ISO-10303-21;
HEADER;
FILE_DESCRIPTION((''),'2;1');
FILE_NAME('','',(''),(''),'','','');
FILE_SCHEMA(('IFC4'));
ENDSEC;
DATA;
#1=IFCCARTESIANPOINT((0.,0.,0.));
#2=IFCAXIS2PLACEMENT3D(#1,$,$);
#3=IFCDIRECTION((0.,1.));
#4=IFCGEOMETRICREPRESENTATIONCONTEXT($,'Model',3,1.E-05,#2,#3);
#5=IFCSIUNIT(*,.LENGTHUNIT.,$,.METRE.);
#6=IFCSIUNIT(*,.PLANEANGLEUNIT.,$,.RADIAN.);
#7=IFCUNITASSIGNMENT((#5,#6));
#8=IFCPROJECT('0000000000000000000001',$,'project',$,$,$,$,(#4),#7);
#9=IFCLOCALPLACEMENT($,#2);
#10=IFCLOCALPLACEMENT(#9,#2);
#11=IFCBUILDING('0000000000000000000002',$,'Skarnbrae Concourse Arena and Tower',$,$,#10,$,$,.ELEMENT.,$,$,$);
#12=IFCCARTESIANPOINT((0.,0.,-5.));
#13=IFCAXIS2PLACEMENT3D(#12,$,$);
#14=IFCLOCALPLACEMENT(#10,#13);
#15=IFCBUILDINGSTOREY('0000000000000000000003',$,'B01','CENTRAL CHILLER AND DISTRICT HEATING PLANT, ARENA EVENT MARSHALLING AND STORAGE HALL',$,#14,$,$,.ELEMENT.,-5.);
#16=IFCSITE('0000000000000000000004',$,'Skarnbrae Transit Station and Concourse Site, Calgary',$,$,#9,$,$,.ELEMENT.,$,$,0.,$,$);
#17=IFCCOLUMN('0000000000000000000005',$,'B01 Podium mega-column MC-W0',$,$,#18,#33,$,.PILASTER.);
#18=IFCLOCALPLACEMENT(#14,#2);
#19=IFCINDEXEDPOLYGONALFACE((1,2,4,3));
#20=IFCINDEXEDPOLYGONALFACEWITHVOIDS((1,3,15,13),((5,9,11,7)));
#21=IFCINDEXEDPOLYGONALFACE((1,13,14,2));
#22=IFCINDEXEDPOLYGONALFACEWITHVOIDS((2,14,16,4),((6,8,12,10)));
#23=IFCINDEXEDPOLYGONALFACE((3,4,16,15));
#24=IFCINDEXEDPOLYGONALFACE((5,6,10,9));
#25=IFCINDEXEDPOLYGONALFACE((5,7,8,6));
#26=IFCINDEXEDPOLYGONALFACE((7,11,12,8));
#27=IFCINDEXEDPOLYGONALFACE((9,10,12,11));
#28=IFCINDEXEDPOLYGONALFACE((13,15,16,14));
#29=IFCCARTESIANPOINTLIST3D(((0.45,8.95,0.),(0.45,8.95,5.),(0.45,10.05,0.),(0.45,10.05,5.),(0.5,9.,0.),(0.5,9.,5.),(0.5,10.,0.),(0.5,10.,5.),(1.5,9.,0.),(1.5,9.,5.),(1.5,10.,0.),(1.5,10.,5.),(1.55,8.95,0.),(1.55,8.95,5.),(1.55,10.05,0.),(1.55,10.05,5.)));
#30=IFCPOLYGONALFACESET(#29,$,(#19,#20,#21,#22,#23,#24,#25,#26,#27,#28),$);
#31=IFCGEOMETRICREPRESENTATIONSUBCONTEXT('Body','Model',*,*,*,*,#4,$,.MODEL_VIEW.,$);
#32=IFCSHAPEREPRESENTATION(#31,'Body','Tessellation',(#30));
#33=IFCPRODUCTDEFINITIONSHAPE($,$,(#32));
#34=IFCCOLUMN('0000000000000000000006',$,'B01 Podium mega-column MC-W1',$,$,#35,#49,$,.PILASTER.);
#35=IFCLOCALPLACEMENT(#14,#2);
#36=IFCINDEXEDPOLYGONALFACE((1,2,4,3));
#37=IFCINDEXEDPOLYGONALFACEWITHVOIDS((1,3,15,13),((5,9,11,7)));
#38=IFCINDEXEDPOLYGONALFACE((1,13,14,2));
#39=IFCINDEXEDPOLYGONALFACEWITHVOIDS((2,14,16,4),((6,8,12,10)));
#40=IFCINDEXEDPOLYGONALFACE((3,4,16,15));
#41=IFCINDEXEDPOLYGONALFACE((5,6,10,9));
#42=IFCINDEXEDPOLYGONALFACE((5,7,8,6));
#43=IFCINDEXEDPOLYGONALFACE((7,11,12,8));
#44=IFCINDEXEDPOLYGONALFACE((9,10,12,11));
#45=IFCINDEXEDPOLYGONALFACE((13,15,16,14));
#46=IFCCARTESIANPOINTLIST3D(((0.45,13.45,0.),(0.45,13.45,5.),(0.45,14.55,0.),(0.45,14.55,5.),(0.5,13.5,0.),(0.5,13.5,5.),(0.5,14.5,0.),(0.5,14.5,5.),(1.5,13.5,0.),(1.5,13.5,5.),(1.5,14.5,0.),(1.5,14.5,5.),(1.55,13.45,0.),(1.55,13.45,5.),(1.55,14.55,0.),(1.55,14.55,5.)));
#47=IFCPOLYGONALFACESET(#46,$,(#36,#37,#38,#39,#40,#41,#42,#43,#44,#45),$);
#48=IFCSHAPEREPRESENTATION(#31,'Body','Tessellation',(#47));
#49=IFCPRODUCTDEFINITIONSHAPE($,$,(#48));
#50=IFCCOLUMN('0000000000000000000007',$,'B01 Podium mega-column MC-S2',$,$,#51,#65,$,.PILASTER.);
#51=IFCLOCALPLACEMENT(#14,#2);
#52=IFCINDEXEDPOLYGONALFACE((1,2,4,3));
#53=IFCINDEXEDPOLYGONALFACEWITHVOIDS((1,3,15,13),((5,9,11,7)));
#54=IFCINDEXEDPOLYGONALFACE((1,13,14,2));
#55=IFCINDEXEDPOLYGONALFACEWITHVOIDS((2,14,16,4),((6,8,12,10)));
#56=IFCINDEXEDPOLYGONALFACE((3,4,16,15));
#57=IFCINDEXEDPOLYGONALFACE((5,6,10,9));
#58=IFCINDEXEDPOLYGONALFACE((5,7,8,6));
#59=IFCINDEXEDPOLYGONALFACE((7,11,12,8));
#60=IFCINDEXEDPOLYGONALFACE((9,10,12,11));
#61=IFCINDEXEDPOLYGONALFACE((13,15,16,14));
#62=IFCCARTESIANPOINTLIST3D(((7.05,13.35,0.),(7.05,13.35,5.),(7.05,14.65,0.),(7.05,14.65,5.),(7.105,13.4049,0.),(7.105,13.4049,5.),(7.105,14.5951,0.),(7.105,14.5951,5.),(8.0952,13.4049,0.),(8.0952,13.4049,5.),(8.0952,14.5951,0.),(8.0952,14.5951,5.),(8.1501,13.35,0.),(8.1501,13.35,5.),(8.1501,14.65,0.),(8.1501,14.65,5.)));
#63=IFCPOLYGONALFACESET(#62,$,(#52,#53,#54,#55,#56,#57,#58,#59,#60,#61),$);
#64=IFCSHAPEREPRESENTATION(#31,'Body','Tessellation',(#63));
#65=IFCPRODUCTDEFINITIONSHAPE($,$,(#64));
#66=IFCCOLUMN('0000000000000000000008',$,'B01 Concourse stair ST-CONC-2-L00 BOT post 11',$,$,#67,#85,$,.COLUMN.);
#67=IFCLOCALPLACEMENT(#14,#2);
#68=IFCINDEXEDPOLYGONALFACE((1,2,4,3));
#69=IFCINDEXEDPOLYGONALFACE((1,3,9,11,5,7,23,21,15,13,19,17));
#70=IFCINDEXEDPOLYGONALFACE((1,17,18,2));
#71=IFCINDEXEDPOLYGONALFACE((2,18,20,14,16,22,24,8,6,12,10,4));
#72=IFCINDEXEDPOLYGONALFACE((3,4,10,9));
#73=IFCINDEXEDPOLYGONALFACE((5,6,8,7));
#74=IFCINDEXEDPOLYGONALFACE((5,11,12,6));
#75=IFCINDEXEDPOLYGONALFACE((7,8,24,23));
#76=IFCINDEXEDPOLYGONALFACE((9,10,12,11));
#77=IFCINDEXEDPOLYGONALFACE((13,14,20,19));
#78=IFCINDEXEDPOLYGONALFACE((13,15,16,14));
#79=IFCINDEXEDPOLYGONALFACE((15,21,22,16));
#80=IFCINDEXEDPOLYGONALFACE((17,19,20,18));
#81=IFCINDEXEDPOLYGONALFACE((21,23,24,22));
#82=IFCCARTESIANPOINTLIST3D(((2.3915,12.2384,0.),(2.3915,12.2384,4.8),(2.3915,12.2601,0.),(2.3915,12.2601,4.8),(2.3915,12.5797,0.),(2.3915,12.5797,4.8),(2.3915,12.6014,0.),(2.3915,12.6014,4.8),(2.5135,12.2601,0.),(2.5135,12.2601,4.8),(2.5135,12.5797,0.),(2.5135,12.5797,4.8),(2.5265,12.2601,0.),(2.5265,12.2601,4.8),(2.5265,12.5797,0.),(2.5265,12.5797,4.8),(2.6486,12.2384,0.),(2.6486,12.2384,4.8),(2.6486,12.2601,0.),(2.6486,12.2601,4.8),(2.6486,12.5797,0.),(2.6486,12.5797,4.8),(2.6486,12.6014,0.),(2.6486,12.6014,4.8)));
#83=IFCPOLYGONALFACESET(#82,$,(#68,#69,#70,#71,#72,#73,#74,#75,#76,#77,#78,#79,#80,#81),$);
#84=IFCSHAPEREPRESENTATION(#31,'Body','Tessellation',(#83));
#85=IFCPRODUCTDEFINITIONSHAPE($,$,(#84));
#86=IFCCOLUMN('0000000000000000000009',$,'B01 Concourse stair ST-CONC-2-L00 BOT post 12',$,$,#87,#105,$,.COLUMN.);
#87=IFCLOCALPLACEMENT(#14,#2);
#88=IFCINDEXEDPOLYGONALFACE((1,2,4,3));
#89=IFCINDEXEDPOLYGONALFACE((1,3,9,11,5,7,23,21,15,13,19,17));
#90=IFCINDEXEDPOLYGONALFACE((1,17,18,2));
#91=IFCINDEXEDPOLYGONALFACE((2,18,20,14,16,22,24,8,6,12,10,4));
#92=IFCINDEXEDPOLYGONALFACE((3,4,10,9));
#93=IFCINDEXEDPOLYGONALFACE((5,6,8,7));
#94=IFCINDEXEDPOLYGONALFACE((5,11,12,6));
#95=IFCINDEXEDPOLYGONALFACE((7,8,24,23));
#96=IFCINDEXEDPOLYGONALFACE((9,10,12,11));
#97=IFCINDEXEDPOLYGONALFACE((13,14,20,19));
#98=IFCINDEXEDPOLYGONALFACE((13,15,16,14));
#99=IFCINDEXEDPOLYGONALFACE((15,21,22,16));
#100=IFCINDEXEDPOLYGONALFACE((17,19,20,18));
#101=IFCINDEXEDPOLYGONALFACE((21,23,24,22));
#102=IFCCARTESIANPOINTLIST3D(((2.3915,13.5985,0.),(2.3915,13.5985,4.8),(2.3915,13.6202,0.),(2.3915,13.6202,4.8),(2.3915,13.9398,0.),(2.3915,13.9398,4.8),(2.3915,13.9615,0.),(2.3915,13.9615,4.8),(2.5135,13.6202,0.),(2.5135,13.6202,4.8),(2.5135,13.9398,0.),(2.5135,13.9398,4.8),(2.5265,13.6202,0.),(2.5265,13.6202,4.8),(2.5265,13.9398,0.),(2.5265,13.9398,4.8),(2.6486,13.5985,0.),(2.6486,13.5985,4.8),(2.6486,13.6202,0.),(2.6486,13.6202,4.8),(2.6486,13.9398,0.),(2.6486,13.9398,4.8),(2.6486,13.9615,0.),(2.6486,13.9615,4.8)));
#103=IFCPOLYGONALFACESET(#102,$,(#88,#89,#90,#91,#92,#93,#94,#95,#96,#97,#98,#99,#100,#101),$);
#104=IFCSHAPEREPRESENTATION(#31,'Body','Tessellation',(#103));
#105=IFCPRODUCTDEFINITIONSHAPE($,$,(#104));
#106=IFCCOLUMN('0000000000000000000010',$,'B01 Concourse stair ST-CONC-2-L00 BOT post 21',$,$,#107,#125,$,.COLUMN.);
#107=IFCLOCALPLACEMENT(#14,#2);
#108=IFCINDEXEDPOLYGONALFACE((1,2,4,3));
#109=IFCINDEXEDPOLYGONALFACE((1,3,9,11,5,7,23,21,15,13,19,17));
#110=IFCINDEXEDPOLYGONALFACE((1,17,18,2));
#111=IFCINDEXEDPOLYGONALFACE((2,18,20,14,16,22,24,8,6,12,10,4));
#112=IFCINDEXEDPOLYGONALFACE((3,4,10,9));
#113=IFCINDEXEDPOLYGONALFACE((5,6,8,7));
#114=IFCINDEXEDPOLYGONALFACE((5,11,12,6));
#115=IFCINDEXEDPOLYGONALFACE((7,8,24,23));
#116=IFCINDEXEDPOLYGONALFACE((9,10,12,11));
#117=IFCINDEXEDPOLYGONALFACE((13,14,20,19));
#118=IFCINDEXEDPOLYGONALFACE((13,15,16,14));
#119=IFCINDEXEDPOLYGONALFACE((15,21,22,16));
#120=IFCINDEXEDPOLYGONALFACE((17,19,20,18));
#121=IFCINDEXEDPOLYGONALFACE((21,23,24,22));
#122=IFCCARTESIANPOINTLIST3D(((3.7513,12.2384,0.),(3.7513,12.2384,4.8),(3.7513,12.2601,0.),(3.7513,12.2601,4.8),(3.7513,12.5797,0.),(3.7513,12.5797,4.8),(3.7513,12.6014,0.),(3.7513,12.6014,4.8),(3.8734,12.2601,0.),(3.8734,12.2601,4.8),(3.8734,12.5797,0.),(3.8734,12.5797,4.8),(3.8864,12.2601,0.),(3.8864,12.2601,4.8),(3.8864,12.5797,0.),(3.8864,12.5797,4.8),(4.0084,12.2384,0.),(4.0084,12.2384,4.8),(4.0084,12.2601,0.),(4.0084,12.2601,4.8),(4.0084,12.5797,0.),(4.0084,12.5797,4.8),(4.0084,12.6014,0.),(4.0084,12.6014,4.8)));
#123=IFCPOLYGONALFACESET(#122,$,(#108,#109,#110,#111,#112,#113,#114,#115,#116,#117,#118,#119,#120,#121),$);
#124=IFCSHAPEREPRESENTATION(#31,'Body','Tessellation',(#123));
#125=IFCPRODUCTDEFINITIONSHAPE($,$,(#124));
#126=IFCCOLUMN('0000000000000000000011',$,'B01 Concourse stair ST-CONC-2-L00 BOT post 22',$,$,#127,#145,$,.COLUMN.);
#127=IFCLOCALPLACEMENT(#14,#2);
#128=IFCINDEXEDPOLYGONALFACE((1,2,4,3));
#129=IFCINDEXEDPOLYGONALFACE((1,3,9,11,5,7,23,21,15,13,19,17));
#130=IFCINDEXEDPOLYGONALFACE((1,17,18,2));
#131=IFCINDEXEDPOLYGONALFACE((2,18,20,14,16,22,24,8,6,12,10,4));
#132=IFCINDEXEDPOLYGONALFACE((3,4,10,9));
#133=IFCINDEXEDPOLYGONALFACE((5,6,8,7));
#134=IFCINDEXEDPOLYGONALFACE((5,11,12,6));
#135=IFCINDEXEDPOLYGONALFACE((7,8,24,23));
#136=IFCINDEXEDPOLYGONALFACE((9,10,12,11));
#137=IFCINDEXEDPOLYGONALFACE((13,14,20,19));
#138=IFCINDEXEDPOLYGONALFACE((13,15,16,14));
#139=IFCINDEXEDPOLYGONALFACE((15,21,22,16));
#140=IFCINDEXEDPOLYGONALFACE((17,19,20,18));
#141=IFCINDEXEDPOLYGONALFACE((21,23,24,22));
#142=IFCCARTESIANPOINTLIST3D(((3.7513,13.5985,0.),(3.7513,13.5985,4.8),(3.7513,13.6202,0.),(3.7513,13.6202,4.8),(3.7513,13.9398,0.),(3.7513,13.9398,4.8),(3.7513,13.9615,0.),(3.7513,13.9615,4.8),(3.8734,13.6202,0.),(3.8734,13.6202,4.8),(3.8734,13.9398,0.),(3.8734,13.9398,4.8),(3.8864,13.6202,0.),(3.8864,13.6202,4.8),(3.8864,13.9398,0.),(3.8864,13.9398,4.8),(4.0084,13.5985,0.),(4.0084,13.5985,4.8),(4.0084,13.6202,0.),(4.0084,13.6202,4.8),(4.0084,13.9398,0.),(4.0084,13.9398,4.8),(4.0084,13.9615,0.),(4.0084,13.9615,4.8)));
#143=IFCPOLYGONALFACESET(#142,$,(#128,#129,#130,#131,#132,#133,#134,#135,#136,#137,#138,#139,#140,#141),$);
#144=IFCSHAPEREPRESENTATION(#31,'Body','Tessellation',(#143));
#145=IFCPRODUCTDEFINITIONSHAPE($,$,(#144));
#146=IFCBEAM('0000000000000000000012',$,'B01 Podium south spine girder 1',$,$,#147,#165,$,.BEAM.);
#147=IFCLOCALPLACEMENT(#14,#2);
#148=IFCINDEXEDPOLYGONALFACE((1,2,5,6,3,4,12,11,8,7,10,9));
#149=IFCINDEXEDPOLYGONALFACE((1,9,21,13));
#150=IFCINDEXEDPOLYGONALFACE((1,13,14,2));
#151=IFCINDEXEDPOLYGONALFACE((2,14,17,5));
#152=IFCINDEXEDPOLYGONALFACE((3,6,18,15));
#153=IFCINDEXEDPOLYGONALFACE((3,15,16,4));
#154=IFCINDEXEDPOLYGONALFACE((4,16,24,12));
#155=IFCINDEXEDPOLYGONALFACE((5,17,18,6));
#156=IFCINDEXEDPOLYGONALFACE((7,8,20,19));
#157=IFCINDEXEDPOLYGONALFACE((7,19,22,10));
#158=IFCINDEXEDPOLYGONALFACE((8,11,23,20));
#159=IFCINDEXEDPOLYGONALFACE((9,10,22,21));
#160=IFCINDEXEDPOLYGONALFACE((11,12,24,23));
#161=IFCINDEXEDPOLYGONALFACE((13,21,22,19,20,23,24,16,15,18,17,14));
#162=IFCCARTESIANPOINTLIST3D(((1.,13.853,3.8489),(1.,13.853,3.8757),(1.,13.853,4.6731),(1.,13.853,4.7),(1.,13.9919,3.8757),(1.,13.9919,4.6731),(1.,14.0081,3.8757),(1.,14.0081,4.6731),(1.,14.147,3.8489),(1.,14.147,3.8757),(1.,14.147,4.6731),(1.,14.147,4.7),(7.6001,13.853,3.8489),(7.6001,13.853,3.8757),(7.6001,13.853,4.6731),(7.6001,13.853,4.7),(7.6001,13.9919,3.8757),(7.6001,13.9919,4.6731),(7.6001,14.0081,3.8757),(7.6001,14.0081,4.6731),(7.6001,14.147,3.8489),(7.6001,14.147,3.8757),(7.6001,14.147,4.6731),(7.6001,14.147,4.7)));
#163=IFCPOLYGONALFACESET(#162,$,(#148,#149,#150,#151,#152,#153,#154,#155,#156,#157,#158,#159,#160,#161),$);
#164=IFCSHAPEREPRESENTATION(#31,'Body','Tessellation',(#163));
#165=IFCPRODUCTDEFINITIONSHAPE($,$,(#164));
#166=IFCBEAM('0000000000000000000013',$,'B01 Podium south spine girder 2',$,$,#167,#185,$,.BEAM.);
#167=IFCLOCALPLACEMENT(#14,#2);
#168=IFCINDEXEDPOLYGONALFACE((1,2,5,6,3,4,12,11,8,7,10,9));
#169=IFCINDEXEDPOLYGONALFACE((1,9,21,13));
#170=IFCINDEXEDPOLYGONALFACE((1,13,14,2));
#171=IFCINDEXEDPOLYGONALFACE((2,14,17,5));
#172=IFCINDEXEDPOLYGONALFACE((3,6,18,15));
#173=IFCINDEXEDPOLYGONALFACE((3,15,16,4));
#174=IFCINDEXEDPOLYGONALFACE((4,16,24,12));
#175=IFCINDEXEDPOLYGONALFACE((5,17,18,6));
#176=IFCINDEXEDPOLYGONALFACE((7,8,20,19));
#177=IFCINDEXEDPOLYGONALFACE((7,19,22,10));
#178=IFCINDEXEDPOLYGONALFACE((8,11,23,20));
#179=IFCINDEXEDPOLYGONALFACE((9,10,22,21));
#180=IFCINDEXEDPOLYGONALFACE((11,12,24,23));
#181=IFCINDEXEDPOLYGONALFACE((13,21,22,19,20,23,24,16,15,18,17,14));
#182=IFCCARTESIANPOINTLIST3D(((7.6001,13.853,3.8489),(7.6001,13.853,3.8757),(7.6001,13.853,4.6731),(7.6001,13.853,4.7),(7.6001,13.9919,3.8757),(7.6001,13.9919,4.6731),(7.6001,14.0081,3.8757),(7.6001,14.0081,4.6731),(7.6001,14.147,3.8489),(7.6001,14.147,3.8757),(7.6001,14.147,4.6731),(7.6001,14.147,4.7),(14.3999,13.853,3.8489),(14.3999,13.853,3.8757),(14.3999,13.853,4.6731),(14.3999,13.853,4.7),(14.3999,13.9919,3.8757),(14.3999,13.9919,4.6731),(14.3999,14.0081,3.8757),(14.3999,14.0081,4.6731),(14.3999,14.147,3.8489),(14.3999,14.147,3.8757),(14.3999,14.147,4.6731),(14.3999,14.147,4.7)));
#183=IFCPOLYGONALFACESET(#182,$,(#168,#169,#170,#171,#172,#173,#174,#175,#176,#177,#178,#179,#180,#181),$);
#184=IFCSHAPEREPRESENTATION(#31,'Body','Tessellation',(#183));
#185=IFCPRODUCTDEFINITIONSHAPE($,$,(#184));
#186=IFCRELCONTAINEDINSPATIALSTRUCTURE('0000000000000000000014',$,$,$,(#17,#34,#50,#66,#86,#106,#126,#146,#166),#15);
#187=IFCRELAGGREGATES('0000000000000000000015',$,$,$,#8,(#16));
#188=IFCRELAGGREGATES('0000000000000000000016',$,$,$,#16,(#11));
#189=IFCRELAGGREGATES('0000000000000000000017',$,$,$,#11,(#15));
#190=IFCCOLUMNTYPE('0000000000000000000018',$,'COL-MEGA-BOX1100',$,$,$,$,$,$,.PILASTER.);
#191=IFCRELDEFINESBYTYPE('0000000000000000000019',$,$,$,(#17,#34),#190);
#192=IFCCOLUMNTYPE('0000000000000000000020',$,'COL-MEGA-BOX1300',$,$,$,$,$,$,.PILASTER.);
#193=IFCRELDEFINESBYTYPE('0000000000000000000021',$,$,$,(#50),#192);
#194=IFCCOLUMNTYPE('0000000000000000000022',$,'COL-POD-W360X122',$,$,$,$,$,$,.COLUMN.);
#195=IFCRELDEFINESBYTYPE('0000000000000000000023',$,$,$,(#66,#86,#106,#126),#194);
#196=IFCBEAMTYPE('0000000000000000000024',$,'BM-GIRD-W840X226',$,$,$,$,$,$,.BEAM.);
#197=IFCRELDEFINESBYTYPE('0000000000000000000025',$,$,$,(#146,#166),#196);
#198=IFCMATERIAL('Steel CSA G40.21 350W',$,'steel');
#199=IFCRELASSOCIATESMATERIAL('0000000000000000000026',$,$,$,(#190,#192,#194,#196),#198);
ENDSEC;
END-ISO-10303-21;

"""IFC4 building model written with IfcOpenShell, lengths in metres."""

from ifc_helpers import new_model, si_unit, direction, frame, origin, origin_2d, place, context, subcontext, project, spatial, hollow_rectangle, i_section, extrude, source, transform, mapped, material, material_profile, profile_set, type_object, element, save


model = new_model("IFC4")

# Units and contexts
model_context = context("Model", 3, precision=1e-05, world=origin(), true_north=direction((0.0, 1.0)))
body_context = subcontext(model_context, "Body", "Model", "MODEL_VIEW")
ifc_project = project(units=[si_unit("LENGTHUNIT", "METRE"), si_unit("PLANEANGLEUNIT", "RADIAN")], contexts=[model_context])

# Site, building, storey
site_placement = place(None, origin())
site = spatial("IfcSite", under=ifc_project, at=site_placement, Name="Skarnbrae Transit Station and Concourse Site, Calgary", CompositionType="ELEMENT", RefElevation=0.0)
building_placement = place(site_placement, origin())
building = spatial("IfcBuilding", under=site, at=building_placement, Name="Skarnbrae Concourse Arena and Tower", CompositionType="ELEMENT")
storey_placement = place(building_placement, frame((0.0, 0.0, -5.0)))
storey = spatial("IfcBuildingStorey", under=building, at=storey_placement, Name="B01", Description="CENTRAL CHILLER AND DISTRICT HEATING PLANT, ARENA EVENT MARSHALLING AND STORAGE HALL", CompositionType="ELEMENT", Elevation=-5.0)

# Columns
ifc_material_1 = material(Name="Steel CSA G40.21 350W", Category="steel")
ifc_material_profile_1 = material_profile(ifc_material_1, hollow_rectangle(XDim=1.1001, YDim=1.1001, WallThickness=0.05, at=origin_2d()), Name="BOX1100X1100X50")
ifc_profile_set_1 = profile_set([ifc_material_profile_1], Name="Steel CSA G40.21 350W")
column_type_1 = type_object("IfcColumnType", Name="COL-MEGA-BOX1100", PredefinedType="PILASTER", material=ifc_profile_set_1)
shared_shape_1 = source(origin(), body_context, "Body", "SweptSolid", [
    extrude(hollow_rectangle(XDim=1.1001, YDim=1.1001, WallThickness=0.05, at=origin_2d()), origin(), (0.0, 0.0, 1.0), 5.0),
])
for number, where, z_axis, x_axis, name in (
    (1, (1.0, 9.5, 0.0), (0.0, 0.0, 1.0), (1.0, 0.0, 0.0), "B01 Podium mega-column MC-W0"),
    (2, (1.0, 14.0, 0.0), (0.0, 0.0, 1.0), (1.0, 0.0, 0.0), "B01 Podium mega-column MC-W1"),
):
    element("IfcColumn", number, at=place(storey_placement, frame(where, z_axis=z_axis, x_axis=x_axis)), inside=storey, type_object=column_type_1, Name=name, PredefinedType="PILASTER", context=body_context, shape_type="MappedRepresentation", body=[
        mapped(shared_shape_1, transform((0.0, 0.0, 0.0))),
    ])
ifc_material_profile_2 = material_profile(ifc_material_1, hollow_rectangle(XDim=1.1001, YDim=1.3, WallThickness=0.0549, at=origin_2d()), Name="BOX1300X1100X55")
ifc_profile_set_2 = profile_set([ifc_material_profile_2], Name="Steel CSA G40.21 350W")
column_type_2 = type_object("IfcColumnType", Name="COL-MEGA-BOX1300", PredefinedType="PILASTER", material=ifc_profile_set_2)
shared_shape_2 = source(origin(), body_context, "Body", "SweptSolid", [
    extrude(hollow_rectangle(XDim=1.1001, YDim=1.3, WallThickness=0.0549, at=origin_2d()), origin(), (0.0, 0.0, 1.0), 5.0),
])
column_placement = place(storey_placement, frame((7.6001, 14.0, 0.0), z_axis=(0.0, 0.0, 1.0), x_axis=(1.0, 0.0, 0.0)))
element("IfcColumn", 3, at=column_placement, inside=storey, type_object=column_type_2, Name="B01 Podium mega-column MC-S2", PredefinedType="PILASTER", context=body_context, shape_type="MappedRepresentation", body=[
    mapped(shared_shape_2, transform((0.0, 0.0, 0.0))),
])
ifc_material_profile_3 = material_profile(ifc_material_1, i_section(OverallWidth=0.2571, OverallDepth=0.363, WebThickness=0.0129, FlangeThickness=0.0217, at=origin_2d()), Name="W360X122")
ifc_profile_set_3 = profile_set([ifc_material_profile_3], Name="Steel CSA G40.21 350W")
column_type_3 = type_object("IfcColumnType", Name="COL-POD-W360X122", PredefinedType="COLUMN", material=ifc_profile_set_3)
shared_shape_3 = source(origin(), body_context, "Body", "SweptSolid", [
    extrude(i_section(OverallWidth=0.2571, OverallDepth=0.363, WebThickness=0.0129, FlangeThickness=0.0217, at=origin_2d()), origin(), (0.0, 0.0, 1.0), 4.8),
])
for number, where, z_axis, x_axis, name in (
    (4, (2.52, 12.4199, 0.0), (0.0, 0.0, 1.0), (1.0, 0.0, 0.0), "B01 Concourse stair ST-CONC-2-L00 BOT post 11"),
    (5, (2.52, 13.78, 0.0), (0.0, 0.0, 1.0), (1.0, 0.0, 0.0), "B01 Concourse stair ST-CONC-2-L00 BOT post 12"),
    (6, (3.8799, 12.4199, 0.0), (0.0, 0.0, 1.0), (1.0, 0.0, 0.0), "B01 Concourse stair ST-CONC-2-L00 BOT post 21"),
    (7, (3.8799, 13.78, 0.0), (0.0, 0.0, 1.0), (1.0, 0.0, 0.0), "B01 Concourse stair ST-CONC-2-L00 BOT post 22"),
):
    element("IfcColumn", number, at=place(storey_placement, frame(where, z_axis=z_axis, x_axis=x_axis)), inside=storey, type_object=column_type_3, Name=name, PredefinedType="COLUMN", context=body_context, shape_type="MappedRepresentation", body=[
        mapped(shared_shape_3, transform((0.0, 0.0, 0.0))),
    ])

# Beams
ifc_material_profile_4 = material_profile(ifc_material_1, i_section(OverallWidth=0.2939, OverallDepth=0.8511, WebThickness=0.0161, FlangeThickness=0.0269, at=origin_2d()), Name="W840X226")
ifc_profile_set_4 = profile_set([ifc_material_profile_4], Name="Steel CSA G40.21 350W")
beam_type_1 = type_object("IfcBeamType", Name="BM-GIRD-W840X226", PredefinedType="BEAM", material=ifc_profile_set_4)
shared_shape_4 = source(origin(), body_context, "Body", "SweptSolid", [
    extrude(i_section(OverallWidth=0.2939, OverallDepth=0.8511, WebThickness=0.0161, FlangeThickness=0.0269, at=origin_2d()), origin(), (0.0, 0.0, 1.0), 6.6001),
])
beam_1_placement = place(storey_placement, frame((1.0, 14.0, 4.2744), z_axis=(1.0, 0.0, 0.0), x_axis=(0.0, 1.0, 0.0)))
element("IfcBeam", 8, at=beam_1_placement, inside=storey, type_object=beam_type_1, Name="B01 Podium south spine girder 1", PredefinedType="BEAM", context=body_context, shape_type="MappedRepresentation", body=[
    mapped(shared_shape_4, transform((0.0, 0.0, 0.0))),
])
shared_shape_5 = source(origin(), body_context, "Body", "SweptSolid", [
    extrude(i_section(OverallWidth=0.2939, OverallDepth=0.8511, WebThickness=0.0161, FlangeThickness=0.0269, at=origin_2d()), origin(), (0.0, 0.0, 1.0), 6.7998),
])
beam_2_placement = place(storey_placement, frame((7.6001, 14.0, 4.2744), z_axis=(1.0, 0.0, 0.0), x_axis=(0.0, 1.0, 0.0)))
element("IfcBeam", 9, at=beam_2_placement, inside=storey, type_object=beam_type_1, Name="B01 Podium south spine girder 2", PredefinedType="BEAM", context=body_context, shape_type="MappedRepresentation", body=[
    mapped(shared_shape_5, transform((0.0, 0.0, 0.0))),
])

save(model, "model.ifc")
